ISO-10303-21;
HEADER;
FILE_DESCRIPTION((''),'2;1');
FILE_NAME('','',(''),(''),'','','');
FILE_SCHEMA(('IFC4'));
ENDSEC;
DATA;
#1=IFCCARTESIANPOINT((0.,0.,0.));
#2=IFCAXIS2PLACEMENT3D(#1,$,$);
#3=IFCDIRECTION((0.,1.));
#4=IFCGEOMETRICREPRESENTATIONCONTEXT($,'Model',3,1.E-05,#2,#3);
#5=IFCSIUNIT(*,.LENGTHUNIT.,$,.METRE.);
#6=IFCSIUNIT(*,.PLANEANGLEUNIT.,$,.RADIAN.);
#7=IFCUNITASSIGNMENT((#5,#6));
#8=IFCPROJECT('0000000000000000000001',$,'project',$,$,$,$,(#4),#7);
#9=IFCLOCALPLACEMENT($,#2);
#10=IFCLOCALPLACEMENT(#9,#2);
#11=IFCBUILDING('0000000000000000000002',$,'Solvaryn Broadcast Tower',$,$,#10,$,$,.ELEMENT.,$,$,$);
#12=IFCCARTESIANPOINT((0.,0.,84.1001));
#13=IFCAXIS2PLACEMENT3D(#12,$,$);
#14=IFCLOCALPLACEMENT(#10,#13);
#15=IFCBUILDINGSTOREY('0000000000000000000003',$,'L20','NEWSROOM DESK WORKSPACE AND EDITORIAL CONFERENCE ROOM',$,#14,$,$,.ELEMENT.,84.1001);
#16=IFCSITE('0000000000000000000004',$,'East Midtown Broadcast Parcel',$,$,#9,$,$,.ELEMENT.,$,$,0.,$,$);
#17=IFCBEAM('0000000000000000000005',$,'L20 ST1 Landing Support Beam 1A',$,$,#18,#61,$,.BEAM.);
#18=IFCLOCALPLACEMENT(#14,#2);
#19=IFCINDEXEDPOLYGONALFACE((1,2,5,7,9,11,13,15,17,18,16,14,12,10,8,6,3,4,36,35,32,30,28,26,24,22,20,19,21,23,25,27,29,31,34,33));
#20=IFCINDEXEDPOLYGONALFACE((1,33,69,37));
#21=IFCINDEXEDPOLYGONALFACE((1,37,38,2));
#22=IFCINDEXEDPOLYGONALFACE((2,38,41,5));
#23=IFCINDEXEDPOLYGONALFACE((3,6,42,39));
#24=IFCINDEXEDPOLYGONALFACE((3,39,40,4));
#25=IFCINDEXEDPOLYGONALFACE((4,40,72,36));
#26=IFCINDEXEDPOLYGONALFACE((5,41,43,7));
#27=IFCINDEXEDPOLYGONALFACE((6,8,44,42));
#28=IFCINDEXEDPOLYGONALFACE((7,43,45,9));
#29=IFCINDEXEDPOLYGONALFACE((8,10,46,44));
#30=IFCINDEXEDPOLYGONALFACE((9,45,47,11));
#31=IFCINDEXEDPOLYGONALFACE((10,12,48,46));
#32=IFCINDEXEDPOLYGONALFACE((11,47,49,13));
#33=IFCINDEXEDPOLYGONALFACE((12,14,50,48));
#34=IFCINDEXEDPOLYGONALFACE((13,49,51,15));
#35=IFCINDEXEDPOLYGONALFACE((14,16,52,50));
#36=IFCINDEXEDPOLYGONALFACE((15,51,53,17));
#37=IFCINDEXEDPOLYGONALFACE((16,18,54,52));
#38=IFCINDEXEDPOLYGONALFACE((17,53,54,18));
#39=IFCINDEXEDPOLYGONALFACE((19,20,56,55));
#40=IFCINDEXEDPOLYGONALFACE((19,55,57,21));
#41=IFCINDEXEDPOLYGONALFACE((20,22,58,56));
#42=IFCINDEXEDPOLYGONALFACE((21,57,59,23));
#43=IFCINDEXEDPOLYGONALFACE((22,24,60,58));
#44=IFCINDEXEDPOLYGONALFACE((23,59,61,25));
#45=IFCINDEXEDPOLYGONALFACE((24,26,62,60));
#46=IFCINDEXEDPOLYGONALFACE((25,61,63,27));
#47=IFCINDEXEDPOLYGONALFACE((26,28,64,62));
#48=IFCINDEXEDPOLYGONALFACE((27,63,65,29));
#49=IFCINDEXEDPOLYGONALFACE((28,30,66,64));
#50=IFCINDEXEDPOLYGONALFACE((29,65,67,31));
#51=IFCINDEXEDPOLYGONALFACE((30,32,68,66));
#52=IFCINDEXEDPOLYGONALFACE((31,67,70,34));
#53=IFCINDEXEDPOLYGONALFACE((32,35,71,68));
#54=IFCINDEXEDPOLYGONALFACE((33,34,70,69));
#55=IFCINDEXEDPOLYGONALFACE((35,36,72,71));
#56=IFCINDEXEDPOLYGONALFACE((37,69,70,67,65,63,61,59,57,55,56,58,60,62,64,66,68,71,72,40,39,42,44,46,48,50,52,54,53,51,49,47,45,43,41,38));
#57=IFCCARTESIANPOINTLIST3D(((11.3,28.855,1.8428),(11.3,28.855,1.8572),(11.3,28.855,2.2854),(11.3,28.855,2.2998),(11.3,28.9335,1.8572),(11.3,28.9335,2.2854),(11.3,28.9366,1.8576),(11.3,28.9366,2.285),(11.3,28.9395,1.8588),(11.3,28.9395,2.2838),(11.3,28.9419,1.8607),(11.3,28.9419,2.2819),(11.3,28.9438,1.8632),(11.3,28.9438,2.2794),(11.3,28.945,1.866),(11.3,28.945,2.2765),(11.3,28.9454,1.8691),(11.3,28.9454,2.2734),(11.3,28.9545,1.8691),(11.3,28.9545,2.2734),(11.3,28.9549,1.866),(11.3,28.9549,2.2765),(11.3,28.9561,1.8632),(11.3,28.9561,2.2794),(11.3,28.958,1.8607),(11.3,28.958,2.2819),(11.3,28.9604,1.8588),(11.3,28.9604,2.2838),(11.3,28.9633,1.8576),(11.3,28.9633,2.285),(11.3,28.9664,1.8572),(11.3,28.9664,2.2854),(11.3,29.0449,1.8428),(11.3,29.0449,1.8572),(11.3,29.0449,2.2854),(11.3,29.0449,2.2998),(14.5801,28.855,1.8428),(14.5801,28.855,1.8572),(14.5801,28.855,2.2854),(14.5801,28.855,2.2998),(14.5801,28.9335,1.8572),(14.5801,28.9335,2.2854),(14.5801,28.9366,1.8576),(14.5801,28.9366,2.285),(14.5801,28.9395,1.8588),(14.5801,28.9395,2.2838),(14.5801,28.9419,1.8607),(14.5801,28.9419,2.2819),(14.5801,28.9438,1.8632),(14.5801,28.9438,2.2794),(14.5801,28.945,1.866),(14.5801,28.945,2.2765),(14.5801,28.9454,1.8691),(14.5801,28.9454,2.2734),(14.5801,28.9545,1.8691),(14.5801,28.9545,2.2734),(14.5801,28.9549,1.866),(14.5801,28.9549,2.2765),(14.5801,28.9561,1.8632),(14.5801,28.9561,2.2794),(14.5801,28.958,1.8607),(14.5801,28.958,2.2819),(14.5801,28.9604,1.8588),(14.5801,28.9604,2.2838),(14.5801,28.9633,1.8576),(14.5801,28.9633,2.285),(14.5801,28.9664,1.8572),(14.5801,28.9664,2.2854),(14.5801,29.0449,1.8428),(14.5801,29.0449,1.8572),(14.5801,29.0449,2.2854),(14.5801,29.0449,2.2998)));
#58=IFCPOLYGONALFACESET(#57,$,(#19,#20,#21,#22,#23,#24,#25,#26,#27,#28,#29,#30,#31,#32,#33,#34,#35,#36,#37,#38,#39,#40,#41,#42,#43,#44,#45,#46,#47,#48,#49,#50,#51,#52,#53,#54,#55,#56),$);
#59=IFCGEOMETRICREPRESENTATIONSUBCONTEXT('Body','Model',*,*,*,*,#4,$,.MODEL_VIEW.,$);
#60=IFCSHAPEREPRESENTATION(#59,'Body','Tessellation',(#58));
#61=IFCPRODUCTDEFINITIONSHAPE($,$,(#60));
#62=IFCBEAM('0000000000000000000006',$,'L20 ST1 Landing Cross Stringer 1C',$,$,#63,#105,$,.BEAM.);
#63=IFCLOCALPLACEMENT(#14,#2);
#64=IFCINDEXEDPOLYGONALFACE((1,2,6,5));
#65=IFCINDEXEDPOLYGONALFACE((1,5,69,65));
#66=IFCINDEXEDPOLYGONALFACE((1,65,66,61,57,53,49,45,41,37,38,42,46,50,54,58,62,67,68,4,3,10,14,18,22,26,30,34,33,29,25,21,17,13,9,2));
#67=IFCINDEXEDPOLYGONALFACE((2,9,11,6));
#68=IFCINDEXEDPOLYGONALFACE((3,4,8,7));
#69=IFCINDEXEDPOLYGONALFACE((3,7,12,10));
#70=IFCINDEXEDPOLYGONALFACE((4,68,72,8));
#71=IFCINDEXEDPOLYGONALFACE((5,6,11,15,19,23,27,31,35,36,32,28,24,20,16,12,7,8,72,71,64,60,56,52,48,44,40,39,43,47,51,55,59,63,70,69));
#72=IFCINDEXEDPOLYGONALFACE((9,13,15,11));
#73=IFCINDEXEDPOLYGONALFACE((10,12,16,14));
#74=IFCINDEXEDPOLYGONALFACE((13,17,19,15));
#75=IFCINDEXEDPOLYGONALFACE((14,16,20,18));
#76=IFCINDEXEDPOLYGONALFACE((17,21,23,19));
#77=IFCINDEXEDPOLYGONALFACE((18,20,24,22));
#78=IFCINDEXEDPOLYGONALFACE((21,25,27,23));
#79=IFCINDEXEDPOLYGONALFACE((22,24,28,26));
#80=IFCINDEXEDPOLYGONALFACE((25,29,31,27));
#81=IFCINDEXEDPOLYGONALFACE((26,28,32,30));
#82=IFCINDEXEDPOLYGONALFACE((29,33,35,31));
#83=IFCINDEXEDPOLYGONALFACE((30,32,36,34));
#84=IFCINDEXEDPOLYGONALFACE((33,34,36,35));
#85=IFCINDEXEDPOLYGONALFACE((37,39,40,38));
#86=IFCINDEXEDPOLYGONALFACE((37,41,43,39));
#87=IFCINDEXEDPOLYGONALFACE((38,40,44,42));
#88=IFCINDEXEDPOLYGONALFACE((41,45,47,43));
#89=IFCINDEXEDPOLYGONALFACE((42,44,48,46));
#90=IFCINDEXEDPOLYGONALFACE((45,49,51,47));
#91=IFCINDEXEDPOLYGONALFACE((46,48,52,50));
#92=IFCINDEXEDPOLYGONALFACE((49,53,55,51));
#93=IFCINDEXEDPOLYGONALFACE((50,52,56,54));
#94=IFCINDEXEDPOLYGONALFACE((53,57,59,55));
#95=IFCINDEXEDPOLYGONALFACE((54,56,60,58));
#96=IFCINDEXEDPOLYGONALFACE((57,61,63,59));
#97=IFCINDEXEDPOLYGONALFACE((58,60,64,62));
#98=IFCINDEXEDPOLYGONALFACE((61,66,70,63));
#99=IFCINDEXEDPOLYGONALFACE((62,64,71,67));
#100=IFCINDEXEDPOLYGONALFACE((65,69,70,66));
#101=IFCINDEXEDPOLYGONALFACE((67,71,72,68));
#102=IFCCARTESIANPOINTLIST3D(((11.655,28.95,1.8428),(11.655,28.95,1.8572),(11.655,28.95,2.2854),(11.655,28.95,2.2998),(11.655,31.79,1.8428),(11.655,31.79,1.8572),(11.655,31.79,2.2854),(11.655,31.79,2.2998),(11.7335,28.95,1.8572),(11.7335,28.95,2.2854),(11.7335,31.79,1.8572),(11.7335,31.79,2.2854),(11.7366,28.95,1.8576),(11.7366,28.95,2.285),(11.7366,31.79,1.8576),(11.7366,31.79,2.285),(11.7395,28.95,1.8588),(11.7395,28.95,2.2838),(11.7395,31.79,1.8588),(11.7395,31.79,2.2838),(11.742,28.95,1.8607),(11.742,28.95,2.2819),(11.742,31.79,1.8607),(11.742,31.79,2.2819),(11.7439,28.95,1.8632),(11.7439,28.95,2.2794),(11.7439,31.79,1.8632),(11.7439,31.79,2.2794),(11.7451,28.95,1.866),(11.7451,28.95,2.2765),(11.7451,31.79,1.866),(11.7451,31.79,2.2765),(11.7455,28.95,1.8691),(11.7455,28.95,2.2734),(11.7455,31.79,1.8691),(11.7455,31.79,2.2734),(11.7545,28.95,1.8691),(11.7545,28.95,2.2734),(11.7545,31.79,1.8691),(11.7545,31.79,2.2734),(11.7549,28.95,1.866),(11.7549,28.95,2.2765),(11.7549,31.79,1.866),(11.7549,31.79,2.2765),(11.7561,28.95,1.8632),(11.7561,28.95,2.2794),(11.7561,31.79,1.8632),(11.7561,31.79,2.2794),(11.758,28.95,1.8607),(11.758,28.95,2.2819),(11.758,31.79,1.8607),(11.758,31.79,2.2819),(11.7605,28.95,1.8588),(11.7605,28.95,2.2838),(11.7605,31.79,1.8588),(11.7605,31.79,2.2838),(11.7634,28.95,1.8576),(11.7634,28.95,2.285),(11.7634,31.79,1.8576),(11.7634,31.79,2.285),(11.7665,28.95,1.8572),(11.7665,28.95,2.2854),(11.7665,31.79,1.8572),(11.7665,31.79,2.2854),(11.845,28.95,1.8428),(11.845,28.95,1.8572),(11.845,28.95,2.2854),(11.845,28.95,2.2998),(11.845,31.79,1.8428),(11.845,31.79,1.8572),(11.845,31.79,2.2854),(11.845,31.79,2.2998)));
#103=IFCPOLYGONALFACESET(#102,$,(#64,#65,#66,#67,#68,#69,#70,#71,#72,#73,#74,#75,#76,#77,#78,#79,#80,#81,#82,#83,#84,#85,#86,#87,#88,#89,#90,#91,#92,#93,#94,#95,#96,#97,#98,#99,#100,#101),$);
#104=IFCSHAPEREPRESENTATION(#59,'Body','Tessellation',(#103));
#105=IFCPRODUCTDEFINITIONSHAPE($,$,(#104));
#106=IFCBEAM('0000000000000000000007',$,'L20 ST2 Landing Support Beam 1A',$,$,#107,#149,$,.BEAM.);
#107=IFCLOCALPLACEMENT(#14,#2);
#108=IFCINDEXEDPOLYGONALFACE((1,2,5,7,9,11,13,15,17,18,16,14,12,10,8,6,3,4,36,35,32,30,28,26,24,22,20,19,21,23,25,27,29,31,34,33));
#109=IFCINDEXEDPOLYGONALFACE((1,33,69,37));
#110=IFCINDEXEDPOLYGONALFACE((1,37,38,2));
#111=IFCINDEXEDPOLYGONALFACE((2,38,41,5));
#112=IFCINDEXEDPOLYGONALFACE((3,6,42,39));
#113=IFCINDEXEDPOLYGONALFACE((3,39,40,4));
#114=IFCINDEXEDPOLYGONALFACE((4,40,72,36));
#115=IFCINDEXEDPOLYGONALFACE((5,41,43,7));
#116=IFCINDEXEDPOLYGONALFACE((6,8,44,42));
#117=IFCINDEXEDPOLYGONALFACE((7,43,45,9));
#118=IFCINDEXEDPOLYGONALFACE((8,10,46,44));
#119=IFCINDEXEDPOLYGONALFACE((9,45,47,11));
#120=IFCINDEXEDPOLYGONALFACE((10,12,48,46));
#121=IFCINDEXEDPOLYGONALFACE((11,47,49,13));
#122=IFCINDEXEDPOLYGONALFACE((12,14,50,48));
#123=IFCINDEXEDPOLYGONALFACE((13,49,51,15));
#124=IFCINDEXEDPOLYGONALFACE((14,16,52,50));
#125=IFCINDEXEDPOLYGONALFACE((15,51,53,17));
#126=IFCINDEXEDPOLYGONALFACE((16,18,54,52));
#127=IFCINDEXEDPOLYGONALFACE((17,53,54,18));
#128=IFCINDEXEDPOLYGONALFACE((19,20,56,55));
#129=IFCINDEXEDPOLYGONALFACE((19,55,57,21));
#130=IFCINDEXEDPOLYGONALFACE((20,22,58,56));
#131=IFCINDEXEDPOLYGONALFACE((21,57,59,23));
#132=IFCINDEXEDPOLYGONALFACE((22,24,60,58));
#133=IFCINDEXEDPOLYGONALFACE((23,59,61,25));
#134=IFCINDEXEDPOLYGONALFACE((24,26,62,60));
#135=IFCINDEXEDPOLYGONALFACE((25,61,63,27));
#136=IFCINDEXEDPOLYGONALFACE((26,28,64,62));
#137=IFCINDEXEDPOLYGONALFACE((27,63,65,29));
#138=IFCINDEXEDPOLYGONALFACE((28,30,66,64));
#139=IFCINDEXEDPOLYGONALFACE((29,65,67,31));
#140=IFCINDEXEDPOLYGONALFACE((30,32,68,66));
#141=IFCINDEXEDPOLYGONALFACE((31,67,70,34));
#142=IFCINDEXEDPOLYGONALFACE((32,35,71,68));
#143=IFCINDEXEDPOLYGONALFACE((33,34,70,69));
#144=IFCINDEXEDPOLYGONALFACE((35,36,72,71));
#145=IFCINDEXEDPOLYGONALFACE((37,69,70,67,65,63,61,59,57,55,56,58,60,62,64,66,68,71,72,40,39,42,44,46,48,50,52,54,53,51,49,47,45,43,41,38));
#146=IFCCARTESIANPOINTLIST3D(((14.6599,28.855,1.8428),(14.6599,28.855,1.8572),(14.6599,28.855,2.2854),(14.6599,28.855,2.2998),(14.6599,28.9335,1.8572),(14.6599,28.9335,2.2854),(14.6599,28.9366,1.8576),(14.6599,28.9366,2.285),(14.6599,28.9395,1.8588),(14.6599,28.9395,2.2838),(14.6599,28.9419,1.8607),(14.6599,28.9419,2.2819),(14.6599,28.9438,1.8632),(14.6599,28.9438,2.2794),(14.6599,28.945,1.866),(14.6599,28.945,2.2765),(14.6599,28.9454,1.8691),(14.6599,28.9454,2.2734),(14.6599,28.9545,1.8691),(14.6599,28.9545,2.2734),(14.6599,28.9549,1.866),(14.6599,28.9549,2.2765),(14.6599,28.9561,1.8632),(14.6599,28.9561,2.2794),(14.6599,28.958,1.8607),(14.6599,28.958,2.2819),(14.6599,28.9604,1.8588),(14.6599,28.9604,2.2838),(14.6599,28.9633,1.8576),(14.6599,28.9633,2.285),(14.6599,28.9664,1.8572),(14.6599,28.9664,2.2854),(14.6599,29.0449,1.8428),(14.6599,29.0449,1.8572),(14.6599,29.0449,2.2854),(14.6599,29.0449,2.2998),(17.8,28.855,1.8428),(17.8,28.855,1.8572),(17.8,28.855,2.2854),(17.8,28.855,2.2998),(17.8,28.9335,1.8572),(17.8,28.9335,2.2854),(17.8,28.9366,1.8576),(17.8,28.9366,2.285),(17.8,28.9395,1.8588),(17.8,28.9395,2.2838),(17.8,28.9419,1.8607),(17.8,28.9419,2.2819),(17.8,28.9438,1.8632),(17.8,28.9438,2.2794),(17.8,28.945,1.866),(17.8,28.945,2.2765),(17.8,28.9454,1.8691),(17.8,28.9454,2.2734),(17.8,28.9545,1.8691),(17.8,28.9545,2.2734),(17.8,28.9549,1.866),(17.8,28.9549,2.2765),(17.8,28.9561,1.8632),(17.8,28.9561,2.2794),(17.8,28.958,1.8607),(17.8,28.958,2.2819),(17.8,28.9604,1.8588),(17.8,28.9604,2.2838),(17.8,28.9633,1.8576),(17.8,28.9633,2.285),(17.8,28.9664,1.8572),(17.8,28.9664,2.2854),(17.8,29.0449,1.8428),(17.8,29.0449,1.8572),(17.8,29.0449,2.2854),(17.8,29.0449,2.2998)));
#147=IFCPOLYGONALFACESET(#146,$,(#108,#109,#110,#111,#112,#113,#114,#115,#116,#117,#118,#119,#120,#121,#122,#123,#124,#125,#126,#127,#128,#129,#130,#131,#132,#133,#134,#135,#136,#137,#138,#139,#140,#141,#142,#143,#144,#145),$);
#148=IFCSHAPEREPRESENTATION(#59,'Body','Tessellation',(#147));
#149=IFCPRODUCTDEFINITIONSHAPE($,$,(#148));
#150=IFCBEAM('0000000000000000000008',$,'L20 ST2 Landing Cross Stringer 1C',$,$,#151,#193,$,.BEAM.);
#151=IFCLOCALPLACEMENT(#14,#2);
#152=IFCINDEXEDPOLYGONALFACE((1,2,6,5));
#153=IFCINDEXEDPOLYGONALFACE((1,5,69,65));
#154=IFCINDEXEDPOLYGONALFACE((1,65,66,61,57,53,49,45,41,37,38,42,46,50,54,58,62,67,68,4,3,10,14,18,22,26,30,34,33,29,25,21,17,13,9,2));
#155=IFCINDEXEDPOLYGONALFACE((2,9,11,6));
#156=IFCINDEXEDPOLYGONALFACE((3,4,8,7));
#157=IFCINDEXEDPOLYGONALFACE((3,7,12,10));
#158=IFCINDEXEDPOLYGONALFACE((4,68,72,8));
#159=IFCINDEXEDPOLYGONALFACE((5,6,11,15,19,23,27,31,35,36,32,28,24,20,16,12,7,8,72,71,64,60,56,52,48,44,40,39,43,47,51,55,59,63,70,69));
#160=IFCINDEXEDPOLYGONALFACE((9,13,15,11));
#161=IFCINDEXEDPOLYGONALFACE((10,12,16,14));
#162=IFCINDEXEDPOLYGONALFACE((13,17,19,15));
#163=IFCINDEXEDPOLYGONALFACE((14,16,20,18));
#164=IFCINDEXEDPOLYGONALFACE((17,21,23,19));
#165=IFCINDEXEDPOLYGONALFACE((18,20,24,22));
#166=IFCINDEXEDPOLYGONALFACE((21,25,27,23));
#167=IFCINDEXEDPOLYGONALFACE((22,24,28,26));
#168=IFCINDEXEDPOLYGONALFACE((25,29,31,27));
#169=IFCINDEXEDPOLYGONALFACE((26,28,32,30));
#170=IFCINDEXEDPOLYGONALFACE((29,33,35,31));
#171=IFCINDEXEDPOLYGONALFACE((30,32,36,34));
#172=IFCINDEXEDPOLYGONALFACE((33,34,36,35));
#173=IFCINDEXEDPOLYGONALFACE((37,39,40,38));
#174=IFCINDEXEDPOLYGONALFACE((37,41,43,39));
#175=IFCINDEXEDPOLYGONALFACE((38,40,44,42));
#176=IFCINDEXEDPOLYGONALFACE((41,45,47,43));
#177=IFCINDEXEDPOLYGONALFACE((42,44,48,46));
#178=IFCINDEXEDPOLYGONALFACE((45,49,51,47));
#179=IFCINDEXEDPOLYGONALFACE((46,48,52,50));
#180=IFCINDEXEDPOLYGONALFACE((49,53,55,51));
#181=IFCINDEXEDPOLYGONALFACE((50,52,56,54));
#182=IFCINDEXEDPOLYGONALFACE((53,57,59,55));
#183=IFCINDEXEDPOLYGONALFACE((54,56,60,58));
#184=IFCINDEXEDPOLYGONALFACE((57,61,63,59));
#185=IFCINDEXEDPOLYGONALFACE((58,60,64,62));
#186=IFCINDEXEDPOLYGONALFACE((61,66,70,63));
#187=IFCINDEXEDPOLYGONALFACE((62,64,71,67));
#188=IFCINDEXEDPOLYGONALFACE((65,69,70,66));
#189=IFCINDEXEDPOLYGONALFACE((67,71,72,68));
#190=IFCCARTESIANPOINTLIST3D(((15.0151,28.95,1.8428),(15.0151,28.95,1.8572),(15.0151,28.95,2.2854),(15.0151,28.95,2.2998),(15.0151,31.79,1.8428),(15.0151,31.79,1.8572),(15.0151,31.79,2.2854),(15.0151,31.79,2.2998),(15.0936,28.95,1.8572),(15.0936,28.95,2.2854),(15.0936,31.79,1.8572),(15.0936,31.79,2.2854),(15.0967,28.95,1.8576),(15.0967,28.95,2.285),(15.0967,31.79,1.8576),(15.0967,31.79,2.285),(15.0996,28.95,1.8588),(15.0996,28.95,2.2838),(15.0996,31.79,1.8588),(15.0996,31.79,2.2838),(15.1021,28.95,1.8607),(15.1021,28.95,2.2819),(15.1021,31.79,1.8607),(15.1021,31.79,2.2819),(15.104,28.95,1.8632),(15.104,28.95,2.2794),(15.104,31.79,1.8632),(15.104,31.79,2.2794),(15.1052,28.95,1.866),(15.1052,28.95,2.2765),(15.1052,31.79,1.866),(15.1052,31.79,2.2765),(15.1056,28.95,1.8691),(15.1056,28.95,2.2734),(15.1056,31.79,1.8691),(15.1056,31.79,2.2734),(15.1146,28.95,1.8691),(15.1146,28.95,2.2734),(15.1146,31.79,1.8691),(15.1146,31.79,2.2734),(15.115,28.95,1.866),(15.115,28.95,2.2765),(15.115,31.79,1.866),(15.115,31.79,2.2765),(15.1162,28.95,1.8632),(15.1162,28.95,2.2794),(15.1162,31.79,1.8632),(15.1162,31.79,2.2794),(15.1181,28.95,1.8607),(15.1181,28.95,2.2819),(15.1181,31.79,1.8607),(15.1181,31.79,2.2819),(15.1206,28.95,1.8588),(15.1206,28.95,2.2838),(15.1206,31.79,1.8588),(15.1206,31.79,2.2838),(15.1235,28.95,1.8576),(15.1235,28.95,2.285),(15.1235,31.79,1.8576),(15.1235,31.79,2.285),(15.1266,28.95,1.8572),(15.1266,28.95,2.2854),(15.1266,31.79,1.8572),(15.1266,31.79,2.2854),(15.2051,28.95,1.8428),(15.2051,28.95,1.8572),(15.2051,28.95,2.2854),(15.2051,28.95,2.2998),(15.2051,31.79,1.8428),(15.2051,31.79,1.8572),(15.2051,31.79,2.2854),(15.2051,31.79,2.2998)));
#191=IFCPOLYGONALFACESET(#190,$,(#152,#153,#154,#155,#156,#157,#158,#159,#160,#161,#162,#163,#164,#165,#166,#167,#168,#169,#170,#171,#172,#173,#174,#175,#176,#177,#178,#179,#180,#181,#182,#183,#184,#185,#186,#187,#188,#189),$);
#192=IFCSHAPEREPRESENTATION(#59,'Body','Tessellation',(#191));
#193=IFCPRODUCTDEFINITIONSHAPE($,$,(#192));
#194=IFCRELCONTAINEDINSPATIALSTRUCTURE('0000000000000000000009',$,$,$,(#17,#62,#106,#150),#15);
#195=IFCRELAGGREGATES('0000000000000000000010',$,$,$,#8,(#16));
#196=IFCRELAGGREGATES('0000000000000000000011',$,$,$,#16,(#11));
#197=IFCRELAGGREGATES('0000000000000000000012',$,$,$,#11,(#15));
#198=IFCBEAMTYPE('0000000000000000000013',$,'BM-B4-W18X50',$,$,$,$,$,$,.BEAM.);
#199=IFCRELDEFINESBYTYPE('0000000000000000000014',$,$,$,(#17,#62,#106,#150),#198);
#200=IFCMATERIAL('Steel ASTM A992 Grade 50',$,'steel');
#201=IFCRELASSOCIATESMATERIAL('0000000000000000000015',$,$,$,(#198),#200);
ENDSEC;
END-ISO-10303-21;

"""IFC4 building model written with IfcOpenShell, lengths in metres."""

from ifc_helpers import new_model, si_unit, direction, frame, origin, origin_2d, place, context, subcontext, project, spatial, i_section, extrude, material, material_profile, profile_set, type_object, element, save


model = new_model("IFC4")

# Units and contexts
model_context = context("Model", 3, precision=1e-05, world=origin(), true_north=direction((0.0, 1.0)))
body_context = subcontext(model_context, "Body", "Model", "MODEL_VIEW")
ifc_project = project(units=[si_unit("LENGTHUNIT", "METRE"), si_unit("PLANEANGLEUNIT", "RADIAN")], contexts=[model_context])

# Site, building, storey
site_placement = place(None, origin())
site = spatial("IfcSite", under=ifc_project, at=site_placement, Name="East Midtown Broadcast Parcel", CompositionType="ELEMENT", RefElevation=0.0)
building_placement = place(site_placement, origin())
building = spatial("IfcBuilding", under=site, at=building_placement, Name="Solvaryn Broadcast Tower", CompositionType="ELEMENT")
storey_placement = place(building_placement, frame((0.0, 0.0, 84.1001)))
storey = spatial("IfcBuildingStorey", under=building, at=storey_placement, Name="L20", Description="NEWSROOM DESK WORKSPACE AND EDITORIAL CONFERENCE ROOM", CompositionType="ELEMENT", Elevation=84.1001)

# Beams
ifc_material_1 = material(Name="Steel ASTM A992 Grade 50", Category="steel")
ifc_material_profile = material_profile(ifc_material_1, i_section(OverallWidth=0.1899, OverallDepth=0.457, WebThickness=0.009, FlangeThickness=0.0144, FilletRadius=0.012, at=origin_2d()))
ifc_profile_set = profile_set([ifc_material_profile], Name="Steel ASTM A992 Grade 50")
beam_type = type_object("IfcBeamType", Name="BM-B4-W18X50", PredefinedType="BEAM", material=ifc_profile_set)
beam_1_placement = place(storey_placement, frame((11.3, 28.95, 2.0713), z_axis=(1.0, 0.0, 0.0), x_axis=(0.0, 1.0, 0.0)))
element("IfcBeam", 1, at=beam_1_placement, inside=storey, type_object=beam_type, Name="L20 ST1 Landing Support Beam 1A", PredefinedType="BEAM", context=body_context, shape_type="SweptSolid", body=[
    extrude(i_section(OverallWidth=0.1899, OverallDepth=0.457, WebThickness=0.009, FlangeThickness=0.0144, FilletRadius=0.012, at=origin_2d()), origin(), (0.0, 0.0, 1.0), 3.28),
])
beam_2_placement = place(storey_placement, frame((11.75, 28.95, 2.0713), z_axis=(0.0, 1.0, 0.0), x_axis=(-1.0, 0.0, 0.0)))
element("IfcBeam", 2, at=beam_2_placement, inside=storey, type_object=beam_type, Name="L20 ST1 Landing Cross Stringer 1C", PredefinedType="BEAM", context=body_context, shape_type="SweptSolid", body=[
    extrude(i_section(OverallWidth=0.1899, OverallDepth=0.457, WebThickness=0.009, FlangeThickness=0.0144, FilletRadius=0.012, at=origin_2d()), origin(), (0.0, 0.0, 1.0), 2.8401),
])
beam_3_placement = place(storey_placement, frame((14.6599, 28.95, 2.0713), z_axis=(1.0, 0.0, 0.0), x_axis=(0.0, 1.0, 0.0)))
element("IfcBeam", 3, at=beam_3_placement, inside=storey, type_object=beam_type, Name="L20 ST2 Landing Support Beam 1A", PredefinedType="BEAM", context=body_context, shape_type="SweptSolid", body=[
    extrude(i_section(OverallWidth=0.1899, OverallDepth=0.457, WebThickness=0.009, FlangeThickness=0.0144, FilletRadius=0.012, at=origin_2d()), origin(), (0.0, 0.0, 1.0), 3.1401),
])
beam_4_placement = place(storey_placement, frame((15.1101, 28.95, 2.0713), z_axis=(0.0, 1.0, 0.0), x_axis=(-1.0, 0.0, 0.0)))
element("IfcBeam", 4, at=beam_4_placement, inside=storey, type_object=beam_type, Name="L20 ST2 Landing Cross Stringer 1C", PredefinedType="BEAM", context=body_context, shape_type="SweptSolid", body=[
    extrude(i_section(OverallWidth=0.1899, OverallDepth=0.457, WebThickness=0.009, FlangeThickness=0.0144, FilletRadius=0.012, at=origin_2d()), origin(), (0.0, 0.0, 1.0), 2.8401),
])

save(model, "model.ifc")
